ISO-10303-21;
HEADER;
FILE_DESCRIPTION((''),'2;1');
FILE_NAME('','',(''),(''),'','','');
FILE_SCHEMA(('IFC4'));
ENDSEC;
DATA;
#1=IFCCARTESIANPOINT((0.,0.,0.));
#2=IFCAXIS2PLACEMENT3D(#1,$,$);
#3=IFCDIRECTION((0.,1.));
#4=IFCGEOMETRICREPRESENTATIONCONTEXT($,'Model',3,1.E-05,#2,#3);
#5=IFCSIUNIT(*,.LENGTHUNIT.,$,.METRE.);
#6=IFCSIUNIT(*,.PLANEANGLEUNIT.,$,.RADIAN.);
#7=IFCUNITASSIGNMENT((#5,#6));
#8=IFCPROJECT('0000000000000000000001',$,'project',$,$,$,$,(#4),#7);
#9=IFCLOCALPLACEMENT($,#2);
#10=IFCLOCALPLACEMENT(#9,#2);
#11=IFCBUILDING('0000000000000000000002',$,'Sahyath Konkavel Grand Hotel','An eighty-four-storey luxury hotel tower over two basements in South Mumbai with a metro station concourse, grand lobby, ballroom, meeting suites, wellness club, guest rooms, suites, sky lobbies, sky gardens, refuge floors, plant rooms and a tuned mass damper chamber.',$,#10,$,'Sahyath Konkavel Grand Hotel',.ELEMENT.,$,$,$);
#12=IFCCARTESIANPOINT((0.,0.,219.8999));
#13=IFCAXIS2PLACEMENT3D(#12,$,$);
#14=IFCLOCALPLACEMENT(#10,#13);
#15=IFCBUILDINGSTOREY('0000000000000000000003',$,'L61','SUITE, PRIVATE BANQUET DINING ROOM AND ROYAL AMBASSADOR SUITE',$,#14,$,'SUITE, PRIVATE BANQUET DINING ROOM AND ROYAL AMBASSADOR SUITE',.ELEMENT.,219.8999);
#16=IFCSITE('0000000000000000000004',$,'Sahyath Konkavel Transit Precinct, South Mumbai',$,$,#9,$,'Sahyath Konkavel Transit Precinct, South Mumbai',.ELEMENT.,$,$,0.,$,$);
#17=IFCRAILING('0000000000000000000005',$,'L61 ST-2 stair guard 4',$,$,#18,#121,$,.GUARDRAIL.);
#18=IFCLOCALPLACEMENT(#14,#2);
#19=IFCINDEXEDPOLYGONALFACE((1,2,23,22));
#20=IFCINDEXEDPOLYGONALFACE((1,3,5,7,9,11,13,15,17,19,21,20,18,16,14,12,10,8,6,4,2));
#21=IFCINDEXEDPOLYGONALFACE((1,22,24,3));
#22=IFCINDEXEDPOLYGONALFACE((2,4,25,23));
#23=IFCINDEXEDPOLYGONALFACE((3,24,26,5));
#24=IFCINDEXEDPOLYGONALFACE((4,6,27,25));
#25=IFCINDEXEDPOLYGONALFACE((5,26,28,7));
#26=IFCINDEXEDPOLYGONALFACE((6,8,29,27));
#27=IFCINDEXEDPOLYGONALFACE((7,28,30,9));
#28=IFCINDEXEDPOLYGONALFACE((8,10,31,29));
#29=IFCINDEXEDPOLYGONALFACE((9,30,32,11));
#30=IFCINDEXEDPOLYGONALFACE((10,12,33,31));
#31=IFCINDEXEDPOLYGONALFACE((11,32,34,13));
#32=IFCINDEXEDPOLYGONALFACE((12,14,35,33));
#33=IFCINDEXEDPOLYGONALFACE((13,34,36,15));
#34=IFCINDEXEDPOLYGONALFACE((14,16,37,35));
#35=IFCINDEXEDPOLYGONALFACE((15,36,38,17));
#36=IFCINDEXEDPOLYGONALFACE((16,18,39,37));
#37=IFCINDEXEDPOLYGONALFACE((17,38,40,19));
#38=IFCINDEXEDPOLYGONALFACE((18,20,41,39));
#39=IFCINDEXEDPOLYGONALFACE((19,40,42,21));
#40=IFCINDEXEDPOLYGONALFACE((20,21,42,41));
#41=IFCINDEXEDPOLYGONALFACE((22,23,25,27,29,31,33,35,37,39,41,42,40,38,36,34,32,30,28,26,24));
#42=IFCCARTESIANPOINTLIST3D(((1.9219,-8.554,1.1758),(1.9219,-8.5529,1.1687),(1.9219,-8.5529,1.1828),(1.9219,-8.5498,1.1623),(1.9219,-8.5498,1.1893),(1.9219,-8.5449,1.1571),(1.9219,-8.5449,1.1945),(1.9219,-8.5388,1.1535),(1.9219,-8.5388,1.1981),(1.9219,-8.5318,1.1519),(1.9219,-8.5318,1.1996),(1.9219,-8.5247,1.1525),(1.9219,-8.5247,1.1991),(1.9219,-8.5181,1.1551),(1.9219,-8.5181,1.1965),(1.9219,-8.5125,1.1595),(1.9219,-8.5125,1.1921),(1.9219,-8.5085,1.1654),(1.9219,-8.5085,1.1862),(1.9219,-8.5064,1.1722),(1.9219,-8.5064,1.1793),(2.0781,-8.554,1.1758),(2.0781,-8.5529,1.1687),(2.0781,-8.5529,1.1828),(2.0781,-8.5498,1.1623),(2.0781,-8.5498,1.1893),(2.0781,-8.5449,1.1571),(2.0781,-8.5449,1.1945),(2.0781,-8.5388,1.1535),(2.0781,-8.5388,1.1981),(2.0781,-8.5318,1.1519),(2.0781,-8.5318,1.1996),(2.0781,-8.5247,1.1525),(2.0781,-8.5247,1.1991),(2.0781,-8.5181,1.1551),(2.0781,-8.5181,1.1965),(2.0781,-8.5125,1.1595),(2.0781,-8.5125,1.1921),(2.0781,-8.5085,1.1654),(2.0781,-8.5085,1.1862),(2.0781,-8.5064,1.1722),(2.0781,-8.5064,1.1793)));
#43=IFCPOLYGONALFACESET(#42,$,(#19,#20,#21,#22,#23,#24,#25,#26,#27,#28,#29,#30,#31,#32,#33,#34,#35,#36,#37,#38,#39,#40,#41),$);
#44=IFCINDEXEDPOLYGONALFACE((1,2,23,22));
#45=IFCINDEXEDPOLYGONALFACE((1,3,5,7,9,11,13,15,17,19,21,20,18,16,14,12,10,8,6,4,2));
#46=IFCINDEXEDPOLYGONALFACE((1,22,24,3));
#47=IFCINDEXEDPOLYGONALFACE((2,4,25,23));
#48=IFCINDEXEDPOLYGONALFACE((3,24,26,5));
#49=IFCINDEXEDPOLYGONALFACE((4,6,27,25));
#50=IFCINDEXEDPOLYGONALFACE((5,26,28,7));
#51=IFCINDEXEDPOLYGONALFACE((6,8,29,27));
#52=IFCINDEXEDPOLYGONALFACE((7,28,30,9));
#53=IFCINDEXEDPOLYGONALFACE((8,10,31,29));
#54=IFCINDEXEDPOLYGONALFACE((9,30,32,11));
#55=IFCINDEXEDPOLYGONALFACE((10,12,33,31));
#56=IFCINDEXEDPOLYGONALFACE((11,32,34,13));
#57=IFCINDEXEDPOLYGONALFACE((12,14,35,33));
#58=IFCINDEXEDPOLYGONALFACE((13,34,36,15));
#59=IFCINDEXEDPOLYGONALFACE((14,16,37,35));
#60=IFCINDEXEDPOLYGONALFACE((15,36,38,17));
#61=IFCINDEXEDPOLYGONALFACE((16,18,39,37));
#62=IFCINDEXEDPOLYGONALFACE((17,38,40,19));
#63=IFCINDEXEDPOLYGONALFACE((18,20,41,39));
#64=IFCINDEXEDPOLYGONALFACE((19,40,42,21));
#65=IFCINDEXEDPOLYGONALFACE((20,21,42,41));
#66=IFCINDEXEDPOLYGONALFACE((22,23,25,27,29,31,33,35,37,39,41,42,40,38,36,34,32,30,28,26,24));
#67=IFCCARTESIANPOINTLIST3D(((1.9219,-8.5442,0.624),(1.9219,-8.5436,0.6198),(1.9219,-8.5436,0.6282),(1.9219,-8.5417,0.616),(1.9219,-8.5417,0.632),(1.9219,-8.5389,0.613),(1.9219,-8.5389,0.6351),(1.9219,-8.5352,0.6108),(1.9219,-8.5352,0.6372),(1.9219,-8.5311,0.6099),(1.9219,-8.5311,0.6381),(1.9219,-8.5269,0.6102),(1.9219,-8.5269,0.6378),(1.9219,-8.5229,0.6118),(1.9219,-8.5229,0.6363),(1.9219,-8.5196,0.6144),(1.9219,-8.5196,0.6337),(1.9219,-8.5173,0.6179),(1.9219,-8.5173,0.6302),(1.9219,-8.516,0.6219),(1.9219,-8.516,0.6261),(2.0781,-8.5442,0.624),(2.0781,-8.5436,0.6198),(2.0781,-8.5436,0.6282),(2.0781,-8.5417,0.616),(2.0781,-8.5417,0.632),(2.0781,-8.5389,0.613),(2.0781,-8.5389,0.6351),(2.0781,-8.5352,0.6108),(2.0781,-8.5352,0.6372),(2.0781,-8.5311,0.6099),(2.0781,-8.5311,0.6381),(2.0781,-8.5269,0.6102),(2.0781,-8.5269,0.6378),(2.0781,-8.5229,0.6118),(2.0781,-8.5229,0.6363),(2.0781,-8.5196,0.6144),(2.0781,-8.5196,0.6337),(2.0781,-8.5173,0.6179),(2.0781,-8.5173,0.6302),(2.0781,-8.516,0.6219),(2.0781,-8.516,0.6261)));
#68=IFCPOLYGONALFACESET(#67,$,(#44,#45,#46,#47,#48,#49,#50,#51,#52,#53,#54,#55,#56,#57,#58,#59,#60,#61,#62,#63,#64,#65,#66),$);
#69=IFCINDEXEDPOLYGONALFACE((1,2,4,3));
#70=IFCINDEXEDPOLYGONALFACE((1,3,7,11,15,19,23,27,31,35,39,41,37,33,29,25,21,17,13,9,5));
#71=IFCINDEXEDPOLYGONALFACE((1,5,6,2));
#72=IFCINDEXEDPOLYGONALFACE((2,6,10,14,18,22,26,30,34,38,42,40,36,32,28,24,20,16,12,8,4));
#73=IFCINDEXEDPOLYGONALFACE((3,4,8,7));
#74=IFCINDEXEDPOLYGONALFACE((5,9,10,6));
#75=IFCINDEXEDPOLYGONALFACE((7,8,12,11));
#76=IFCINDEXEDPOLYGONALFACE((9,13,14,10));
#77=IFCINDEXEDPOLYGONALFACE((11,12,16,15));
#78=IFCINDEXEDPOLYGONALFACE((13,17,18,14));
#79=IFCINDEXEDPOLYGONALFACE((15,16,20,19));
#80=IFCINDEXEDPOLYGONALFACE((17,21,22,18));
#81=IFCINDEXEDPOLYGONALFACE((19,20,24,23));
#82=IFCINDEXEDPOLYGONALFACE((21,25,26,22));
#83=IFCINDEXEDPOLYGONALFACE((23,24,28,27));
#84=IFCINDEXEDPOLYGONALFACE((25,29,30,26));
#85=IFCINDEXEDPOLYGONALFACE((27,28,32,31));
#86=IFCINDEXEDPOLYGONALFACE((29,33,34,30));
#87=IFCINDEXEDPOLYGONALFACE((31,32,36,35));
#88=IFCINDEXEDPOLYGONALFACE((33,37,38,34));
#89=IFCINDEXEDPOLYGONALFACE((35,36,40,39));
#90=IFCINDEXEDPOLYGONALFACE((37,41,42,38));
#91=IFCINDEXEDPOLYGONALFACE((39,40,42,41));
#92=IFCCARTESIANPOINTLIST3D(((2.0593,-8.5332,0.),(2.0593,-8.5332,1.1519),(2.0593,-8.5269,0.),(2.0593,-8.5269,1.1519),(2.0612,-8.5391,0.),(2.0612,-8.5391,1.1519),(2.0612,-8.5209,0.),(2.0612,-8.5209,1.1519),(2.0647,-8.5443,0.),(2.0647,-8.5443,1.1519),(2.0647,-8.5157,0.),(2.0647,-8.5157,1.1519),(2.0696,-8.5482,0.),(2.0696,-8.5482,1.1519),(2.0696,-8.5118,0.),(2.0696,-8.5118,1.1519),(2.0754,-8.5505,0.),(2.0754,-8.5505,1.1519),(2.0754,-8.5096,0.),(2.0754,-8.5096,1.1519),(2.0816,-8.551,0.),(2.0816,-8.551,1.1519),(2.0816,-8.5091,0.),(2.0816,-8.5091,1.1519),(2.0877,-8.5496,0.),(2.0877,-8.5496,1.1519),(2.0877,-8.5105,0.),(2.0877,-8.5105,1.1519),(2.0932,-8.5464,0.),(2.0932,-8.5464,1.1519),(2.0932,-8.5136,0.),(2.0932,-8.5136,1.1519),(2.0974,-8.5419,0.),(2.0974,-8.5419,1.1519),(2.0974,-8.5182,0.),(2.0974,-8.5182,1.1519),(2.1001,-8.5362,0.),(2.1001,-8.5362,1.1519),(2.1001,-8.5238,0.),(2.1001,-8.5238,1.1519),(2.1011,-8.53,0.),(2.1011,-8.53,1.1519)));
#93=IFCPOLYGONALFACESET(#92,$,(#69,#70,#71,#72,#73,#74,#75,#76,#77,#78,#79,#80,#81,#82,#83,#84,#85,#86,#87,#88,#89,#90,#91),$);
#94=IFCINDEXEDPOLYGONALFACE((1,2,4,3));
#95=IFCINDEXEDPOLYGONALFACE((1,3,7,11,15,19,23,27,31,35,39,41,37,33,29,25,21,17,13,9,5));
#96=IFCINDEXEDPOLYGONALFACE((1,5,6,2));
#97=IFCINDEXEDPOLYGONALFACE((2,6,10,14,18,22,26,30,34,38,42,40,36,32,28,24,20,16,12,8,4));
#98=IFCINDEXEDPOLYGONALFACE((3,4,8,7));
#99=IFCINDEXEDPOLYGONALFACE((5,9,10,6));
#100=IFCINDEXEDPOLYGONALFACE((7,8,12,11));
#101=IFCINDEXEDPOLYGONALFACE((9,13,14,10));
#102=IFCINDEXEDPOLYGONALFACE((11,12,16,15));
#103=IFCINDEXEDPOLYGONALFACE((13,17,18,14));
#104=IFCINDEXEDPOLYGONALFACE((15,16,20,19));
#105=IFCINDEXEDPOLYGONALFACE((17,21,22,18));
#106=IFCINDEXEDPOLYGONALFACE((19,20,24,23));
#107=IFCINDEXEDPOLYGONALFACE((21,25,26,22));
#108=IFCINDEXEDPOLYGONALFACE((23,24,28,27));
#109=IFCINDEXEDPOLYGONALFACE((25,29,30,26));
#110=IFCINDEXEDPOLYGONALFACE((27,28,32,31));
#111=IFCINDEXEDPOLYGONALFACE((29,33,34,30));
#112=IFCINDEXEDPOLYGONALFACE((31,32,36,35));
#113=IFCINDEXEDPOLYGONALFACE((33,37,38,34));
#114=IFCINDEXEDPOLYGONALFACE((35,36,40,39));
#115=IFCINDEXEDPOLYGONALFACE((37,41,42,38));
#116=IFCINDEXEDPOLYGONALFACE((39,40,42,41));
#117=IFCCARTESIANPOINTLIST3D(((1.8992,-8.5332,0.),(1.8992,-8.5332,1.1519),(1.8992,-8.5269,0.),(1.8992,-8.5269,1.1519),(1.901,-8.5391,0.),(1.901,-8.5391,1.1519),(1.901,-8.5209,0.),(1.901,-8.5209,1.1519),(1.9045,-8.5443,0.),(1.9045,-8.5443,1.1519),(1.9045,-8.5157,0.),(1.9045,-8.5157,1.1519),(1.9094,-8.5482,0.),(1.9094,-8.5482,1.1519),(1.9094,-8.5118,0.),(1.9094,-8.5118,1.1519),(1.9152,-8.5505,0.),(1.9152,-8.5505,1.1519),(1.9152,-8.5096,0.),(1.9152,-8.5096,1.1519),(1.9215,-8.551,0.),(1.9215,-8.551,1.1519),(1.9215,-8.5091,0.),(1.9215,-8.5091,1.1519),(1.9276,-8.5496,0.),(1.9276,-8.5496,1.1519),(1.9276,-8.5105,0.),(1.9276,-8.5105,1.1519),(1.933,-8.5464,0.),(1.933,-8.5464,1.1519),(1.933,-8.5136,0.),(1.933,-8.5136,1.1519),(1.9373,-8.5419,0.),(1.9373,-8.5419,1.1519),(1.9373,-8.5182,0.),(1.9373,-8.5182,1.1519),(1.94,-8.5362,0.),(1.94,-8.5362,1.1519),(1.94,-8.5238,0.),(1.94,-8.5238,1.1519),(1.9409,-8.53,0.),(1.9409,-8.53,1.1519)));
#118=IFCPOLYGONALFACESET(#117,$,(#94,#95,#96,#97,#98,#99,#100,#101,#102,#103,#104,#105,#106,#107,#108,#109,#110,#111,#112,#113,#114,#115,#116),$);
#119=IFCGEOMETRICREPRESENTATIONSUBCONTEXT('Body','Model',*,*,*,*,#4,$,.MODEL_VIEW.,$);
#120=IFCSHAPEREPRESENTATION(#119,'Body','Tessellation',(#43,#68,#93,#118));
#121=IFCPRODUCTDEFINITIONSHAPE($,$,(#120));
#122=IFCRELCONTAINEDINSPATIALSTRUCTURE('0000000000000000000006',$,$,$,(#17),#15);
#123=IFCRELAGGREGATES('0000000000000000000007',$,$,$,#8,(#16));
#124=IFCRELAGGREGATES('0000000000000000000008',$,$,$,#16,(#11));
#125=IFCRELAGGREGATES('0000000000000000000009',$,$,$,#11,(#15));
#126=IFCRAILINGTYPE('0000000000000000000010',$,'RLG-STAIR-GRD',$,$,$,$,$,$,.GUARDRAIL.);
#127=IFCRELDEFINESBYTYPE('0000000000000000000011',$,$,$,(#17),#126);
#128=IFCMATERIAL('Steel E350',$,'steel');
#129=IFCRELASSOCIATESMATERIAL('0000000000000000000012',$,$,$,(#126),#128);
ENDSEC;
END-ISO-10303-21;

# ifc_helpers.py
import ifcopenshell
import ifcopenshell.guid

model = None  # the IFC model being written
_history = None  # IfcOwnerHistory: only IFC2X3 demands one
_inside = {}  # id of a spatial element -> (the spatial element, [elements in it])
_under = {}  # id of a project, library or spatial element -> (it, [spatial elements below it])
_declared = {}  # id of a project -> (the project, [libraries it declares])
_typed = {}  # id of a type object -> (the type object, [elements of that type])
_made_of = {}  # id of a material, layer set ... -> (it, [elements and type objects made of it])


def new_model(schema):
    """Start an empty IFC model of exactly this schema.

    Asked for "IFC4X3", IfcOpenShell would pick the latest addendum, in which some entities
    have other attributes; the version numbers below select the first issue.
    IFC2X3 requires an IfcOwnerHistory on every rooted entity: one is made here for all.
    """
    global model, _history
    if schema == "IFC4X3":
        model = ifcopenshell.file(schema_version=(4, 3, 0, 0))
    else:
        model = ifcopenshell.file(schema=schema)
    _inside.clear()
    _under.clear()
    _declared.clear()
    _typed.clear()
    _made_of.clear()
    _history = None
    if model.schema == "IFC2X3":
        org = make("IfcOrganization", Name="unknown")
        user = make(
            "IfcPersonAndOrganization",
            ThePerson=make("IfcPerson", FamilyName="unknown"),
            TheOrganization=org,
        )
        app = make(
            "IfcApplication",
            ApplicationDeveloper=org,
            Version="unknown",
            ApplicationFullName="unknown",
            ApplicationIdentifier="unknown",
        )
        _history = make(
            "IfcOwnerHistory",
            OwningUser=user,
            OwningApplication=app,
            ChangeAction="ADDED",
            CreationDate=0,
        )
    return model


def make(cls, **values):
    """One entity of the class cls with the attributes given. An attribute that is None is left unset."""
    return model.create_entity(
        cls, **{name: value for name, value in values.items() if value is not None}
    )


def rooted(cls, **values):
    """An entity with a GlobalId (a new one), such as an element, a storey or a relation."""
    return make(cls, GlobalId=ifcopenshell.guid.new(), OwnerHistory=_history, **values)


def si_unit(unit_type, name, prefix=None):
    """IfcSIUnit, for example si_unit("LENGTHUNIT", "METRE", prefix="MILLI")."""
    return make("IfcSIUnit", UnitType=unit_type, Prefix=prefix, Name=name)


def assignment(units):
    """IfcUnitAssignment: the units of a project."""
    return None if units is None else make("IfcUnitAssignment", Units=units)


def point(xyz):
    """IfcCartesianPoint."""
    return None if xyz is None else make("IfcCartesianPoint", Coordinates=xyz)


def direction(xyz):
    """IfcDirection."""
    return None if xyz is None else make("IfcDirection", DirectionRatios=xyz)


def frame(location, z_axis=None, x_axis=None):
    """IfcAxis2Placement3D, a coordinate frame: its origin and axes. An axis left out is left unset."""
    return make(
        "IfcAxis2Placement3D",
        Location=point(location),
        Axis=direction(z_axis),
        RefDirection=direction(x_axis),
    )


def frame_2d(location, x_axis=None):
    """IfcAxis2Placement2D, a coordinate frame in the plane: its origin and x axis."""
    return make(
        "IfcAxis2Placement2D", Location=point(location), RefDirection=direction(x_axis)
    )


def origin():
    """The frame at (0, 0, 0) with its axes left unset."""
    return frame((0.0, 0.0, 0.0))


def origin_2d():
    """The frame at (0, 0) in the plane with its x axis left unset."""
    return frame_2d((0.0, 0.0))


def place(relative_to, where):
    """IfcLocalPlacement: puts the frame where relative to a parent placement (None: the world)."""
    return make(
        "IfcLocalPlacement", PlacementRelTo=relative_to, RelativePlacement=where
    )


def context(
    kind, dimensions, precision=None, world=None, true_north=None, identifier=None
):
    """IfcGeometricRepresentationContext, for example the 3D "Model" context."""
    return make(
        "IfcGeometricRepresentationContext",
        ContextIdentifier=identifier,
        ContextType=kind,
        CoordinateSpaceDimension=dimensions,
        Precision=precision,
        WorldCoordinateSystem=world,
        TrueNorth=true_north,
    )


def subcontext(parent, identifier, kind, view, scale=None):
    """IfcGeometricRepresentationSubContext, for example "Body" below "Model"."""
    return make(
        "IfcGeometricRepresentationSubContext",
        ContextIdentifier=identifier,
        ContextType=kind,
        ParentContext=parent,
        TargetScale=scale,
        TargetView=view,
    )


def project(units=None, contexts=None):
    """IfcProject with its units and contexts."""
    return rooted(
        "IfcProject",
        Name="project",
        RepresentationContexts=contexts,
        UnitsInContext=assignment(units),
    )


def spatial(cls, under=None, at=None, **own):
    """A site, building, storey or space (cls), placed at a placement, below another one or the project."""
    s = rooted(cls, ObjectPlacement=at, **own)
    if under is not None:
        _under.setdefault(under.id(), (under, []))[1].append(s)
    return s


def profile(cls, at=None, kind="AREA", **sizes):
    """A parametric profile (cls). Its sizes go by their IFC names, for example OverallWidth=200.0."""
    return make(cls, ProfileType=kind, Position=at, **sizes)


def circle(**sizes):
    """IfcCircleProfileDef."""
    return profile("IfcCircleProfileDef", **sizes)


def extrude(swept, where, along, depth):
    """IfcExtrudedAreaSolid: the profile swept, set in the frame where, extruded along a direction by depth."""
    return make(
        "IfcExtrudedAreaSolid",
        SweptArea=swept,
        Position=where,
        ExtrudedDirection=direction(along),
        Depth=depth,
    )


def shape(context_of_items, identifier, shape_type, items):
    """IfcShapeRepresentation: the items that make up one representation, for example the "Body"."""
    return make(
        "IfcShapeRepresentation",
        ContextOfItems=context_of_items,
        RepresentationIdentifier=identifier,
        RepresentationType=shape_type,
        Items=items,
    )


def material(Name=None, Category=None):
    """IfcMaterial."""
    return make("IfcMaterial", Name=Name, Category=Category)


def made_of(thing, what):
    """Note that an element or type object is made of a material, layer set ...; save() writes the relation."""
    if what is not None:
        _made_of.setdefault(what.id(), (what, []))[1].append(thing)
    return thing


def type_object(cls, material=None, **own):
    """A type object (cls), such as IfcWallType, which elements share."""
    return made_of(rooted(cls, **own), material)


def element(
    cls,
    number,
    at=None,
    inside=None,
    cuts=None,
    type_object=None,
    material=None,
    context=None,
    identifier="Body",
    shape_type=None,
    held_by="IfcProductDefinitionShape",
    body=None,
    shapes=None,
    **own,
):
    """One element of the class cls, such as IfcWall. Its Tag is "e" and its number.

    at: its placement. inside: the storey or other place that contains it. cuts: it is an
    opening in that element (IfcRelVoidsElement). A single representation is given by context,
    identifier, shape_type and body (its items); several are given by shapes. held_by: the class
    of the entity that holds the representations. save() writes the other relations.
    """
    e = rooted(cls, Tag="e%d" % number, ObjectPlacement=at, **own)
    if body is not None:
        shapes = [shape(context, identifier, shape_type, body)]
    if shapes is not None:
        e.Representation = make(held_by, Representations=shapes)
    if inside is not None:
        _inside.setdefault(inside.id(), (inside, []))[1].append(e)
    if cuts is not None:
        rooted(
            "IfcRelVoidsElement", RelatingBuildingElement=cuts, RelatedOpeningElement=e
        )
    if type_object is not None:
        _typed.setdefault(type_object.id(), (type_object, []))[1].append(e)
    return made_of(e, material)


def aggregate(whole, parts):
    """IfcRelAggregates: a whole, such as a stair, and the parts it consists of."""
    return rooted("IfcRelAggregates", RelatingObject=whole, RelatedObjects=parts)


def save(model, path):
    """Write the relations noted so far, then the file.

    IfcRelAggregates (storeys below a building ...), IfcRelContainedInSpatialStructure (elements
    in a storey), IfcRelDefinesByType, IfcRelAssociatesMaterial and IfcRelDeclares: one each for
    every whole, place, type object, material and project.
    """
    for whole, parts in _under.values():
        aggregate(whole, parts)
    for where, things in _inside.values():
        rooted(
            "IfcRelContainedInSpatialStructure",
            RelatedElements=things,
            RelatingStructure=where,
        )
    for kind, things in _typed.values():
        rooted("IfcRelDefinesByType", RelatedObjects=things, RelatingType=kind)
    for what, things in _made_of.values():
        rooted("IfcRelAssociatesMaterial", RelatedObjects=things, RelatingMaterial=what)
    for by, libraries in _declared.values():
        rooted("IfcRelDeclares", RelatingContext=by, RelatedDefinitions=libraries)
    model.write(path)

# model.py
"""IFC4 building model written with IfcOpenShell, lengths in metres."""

from ifc_helpers import new_model, si_unit, direction, frame, origin, origin_2d, place, context, subcontext, project, spatial, circle, extrude, material, type_object, element, save


model = new_model("IFC4")

# Units and contexts
model_context = context("Model", 3, precision=1e-05, world=origin(), true_north=direction((0.0, 1.0)))
body_context = subcontext(model_context, "Body", "Model", "MODEL_VIEW")
ifc_project = project(units=[si_unit("LENGTHUNIT", "METRE"), si_unit("PLANEANGLEUNIT", "RADIAN")], contexts=[model_context])

# Site, building, storey
site_placement = place(None, origin())
site = spatial("IfcSite", under=ifc_project, at=site_placement, Name="Sahyath Konkavel Transit Precinct, South Mumbai", LongName="Sahyath Konkavel Transit Precinct, South Mumbai", CompositionType="ELEMENT", RefElevation=0.0)
building_placement = place(site_placement, origin())
building = spatial("IfcBuilding", under=site, at=building_placement, Name="Sahyath Konkavel Grand Hotel", Description="An eighty-four-storey luxury hotel tower over two basements in South Mumbai with a metro station concourse, grand lobby, ballroom, meeting suites, wellness club, guest rooms, suites, sky lobbies, sky gardens, refuge floors, plant rooms and a tuned mass damper chamber.", LongName="Sahyath Konkavel Grand Hotel", CompositionType="ELEMENT")
storey_placement = place(building_placement, frame((0.0, 0.0, 219.8999)))
storey = spatial("IfcBuildingStorey", under=building, at=storey_placement, Name="L61", Description="SUITE, PRIVATE BANQUET DINING ROOM AND ROYAL AMBASSADOR SUITE", LongName="SUITE, PRIVATE BANQUET DINING ROOM AND ROYAL AMBASSADOR SUITE", CompositionType="ELEMENT", Elevation=219.8999)

# Shared definitions
ifc_material_1 = material(Name="Steel E350", Category="steel")

# Railing
railing_type_1 = type_object("IfcRailingType", Name="RLG-STAIR-GRD", PredefinedType="GUARDRAIL", material=ifc_material_1)
railing_1_placement = place(storey_placement, frame((2.0801, -8.53, 0.0)))
element("IfcRailing", 1, at=railing_1_placement, inside=storey, type_object=railing_type_1, Name="L61 ST-2 stair guard 4", PredefinedType="GUARDRAIL", context=body_context, shape_type="SweptSolid", body=[
    extrude(circle(Radius=0.0239, at=origin_2d()), frame((-0.002, 0.0, 1.1758), z_axis=(-1.0, 0.0, 0.0), x_axis=(0.0, -1.0, 0.0)), (0.0, 0.0, 1.0), 0.1562),
    extrude(circle(Radius=0.0142, at=origin_2d()), frame((-0.002, 0.0, 0.624), z_axis=(-1.0, 0.0, 0.0), x_axis=(0.0, -1.0, 0.0)), (0.0, 0.0, 1.0), 0.1562),
    extrude(circle(Radius=0.021, at=origin_2d()), origin(), (0.0, 0.0, 1.0), 1.1519),
    extrude(circle(Radius=0.021, at=origin_2d()), frame((-0.1602, 0.0, 0.0)), (0.0, 0.0, 1.0), 1.1519),
])

save(model, "model.ifc")
